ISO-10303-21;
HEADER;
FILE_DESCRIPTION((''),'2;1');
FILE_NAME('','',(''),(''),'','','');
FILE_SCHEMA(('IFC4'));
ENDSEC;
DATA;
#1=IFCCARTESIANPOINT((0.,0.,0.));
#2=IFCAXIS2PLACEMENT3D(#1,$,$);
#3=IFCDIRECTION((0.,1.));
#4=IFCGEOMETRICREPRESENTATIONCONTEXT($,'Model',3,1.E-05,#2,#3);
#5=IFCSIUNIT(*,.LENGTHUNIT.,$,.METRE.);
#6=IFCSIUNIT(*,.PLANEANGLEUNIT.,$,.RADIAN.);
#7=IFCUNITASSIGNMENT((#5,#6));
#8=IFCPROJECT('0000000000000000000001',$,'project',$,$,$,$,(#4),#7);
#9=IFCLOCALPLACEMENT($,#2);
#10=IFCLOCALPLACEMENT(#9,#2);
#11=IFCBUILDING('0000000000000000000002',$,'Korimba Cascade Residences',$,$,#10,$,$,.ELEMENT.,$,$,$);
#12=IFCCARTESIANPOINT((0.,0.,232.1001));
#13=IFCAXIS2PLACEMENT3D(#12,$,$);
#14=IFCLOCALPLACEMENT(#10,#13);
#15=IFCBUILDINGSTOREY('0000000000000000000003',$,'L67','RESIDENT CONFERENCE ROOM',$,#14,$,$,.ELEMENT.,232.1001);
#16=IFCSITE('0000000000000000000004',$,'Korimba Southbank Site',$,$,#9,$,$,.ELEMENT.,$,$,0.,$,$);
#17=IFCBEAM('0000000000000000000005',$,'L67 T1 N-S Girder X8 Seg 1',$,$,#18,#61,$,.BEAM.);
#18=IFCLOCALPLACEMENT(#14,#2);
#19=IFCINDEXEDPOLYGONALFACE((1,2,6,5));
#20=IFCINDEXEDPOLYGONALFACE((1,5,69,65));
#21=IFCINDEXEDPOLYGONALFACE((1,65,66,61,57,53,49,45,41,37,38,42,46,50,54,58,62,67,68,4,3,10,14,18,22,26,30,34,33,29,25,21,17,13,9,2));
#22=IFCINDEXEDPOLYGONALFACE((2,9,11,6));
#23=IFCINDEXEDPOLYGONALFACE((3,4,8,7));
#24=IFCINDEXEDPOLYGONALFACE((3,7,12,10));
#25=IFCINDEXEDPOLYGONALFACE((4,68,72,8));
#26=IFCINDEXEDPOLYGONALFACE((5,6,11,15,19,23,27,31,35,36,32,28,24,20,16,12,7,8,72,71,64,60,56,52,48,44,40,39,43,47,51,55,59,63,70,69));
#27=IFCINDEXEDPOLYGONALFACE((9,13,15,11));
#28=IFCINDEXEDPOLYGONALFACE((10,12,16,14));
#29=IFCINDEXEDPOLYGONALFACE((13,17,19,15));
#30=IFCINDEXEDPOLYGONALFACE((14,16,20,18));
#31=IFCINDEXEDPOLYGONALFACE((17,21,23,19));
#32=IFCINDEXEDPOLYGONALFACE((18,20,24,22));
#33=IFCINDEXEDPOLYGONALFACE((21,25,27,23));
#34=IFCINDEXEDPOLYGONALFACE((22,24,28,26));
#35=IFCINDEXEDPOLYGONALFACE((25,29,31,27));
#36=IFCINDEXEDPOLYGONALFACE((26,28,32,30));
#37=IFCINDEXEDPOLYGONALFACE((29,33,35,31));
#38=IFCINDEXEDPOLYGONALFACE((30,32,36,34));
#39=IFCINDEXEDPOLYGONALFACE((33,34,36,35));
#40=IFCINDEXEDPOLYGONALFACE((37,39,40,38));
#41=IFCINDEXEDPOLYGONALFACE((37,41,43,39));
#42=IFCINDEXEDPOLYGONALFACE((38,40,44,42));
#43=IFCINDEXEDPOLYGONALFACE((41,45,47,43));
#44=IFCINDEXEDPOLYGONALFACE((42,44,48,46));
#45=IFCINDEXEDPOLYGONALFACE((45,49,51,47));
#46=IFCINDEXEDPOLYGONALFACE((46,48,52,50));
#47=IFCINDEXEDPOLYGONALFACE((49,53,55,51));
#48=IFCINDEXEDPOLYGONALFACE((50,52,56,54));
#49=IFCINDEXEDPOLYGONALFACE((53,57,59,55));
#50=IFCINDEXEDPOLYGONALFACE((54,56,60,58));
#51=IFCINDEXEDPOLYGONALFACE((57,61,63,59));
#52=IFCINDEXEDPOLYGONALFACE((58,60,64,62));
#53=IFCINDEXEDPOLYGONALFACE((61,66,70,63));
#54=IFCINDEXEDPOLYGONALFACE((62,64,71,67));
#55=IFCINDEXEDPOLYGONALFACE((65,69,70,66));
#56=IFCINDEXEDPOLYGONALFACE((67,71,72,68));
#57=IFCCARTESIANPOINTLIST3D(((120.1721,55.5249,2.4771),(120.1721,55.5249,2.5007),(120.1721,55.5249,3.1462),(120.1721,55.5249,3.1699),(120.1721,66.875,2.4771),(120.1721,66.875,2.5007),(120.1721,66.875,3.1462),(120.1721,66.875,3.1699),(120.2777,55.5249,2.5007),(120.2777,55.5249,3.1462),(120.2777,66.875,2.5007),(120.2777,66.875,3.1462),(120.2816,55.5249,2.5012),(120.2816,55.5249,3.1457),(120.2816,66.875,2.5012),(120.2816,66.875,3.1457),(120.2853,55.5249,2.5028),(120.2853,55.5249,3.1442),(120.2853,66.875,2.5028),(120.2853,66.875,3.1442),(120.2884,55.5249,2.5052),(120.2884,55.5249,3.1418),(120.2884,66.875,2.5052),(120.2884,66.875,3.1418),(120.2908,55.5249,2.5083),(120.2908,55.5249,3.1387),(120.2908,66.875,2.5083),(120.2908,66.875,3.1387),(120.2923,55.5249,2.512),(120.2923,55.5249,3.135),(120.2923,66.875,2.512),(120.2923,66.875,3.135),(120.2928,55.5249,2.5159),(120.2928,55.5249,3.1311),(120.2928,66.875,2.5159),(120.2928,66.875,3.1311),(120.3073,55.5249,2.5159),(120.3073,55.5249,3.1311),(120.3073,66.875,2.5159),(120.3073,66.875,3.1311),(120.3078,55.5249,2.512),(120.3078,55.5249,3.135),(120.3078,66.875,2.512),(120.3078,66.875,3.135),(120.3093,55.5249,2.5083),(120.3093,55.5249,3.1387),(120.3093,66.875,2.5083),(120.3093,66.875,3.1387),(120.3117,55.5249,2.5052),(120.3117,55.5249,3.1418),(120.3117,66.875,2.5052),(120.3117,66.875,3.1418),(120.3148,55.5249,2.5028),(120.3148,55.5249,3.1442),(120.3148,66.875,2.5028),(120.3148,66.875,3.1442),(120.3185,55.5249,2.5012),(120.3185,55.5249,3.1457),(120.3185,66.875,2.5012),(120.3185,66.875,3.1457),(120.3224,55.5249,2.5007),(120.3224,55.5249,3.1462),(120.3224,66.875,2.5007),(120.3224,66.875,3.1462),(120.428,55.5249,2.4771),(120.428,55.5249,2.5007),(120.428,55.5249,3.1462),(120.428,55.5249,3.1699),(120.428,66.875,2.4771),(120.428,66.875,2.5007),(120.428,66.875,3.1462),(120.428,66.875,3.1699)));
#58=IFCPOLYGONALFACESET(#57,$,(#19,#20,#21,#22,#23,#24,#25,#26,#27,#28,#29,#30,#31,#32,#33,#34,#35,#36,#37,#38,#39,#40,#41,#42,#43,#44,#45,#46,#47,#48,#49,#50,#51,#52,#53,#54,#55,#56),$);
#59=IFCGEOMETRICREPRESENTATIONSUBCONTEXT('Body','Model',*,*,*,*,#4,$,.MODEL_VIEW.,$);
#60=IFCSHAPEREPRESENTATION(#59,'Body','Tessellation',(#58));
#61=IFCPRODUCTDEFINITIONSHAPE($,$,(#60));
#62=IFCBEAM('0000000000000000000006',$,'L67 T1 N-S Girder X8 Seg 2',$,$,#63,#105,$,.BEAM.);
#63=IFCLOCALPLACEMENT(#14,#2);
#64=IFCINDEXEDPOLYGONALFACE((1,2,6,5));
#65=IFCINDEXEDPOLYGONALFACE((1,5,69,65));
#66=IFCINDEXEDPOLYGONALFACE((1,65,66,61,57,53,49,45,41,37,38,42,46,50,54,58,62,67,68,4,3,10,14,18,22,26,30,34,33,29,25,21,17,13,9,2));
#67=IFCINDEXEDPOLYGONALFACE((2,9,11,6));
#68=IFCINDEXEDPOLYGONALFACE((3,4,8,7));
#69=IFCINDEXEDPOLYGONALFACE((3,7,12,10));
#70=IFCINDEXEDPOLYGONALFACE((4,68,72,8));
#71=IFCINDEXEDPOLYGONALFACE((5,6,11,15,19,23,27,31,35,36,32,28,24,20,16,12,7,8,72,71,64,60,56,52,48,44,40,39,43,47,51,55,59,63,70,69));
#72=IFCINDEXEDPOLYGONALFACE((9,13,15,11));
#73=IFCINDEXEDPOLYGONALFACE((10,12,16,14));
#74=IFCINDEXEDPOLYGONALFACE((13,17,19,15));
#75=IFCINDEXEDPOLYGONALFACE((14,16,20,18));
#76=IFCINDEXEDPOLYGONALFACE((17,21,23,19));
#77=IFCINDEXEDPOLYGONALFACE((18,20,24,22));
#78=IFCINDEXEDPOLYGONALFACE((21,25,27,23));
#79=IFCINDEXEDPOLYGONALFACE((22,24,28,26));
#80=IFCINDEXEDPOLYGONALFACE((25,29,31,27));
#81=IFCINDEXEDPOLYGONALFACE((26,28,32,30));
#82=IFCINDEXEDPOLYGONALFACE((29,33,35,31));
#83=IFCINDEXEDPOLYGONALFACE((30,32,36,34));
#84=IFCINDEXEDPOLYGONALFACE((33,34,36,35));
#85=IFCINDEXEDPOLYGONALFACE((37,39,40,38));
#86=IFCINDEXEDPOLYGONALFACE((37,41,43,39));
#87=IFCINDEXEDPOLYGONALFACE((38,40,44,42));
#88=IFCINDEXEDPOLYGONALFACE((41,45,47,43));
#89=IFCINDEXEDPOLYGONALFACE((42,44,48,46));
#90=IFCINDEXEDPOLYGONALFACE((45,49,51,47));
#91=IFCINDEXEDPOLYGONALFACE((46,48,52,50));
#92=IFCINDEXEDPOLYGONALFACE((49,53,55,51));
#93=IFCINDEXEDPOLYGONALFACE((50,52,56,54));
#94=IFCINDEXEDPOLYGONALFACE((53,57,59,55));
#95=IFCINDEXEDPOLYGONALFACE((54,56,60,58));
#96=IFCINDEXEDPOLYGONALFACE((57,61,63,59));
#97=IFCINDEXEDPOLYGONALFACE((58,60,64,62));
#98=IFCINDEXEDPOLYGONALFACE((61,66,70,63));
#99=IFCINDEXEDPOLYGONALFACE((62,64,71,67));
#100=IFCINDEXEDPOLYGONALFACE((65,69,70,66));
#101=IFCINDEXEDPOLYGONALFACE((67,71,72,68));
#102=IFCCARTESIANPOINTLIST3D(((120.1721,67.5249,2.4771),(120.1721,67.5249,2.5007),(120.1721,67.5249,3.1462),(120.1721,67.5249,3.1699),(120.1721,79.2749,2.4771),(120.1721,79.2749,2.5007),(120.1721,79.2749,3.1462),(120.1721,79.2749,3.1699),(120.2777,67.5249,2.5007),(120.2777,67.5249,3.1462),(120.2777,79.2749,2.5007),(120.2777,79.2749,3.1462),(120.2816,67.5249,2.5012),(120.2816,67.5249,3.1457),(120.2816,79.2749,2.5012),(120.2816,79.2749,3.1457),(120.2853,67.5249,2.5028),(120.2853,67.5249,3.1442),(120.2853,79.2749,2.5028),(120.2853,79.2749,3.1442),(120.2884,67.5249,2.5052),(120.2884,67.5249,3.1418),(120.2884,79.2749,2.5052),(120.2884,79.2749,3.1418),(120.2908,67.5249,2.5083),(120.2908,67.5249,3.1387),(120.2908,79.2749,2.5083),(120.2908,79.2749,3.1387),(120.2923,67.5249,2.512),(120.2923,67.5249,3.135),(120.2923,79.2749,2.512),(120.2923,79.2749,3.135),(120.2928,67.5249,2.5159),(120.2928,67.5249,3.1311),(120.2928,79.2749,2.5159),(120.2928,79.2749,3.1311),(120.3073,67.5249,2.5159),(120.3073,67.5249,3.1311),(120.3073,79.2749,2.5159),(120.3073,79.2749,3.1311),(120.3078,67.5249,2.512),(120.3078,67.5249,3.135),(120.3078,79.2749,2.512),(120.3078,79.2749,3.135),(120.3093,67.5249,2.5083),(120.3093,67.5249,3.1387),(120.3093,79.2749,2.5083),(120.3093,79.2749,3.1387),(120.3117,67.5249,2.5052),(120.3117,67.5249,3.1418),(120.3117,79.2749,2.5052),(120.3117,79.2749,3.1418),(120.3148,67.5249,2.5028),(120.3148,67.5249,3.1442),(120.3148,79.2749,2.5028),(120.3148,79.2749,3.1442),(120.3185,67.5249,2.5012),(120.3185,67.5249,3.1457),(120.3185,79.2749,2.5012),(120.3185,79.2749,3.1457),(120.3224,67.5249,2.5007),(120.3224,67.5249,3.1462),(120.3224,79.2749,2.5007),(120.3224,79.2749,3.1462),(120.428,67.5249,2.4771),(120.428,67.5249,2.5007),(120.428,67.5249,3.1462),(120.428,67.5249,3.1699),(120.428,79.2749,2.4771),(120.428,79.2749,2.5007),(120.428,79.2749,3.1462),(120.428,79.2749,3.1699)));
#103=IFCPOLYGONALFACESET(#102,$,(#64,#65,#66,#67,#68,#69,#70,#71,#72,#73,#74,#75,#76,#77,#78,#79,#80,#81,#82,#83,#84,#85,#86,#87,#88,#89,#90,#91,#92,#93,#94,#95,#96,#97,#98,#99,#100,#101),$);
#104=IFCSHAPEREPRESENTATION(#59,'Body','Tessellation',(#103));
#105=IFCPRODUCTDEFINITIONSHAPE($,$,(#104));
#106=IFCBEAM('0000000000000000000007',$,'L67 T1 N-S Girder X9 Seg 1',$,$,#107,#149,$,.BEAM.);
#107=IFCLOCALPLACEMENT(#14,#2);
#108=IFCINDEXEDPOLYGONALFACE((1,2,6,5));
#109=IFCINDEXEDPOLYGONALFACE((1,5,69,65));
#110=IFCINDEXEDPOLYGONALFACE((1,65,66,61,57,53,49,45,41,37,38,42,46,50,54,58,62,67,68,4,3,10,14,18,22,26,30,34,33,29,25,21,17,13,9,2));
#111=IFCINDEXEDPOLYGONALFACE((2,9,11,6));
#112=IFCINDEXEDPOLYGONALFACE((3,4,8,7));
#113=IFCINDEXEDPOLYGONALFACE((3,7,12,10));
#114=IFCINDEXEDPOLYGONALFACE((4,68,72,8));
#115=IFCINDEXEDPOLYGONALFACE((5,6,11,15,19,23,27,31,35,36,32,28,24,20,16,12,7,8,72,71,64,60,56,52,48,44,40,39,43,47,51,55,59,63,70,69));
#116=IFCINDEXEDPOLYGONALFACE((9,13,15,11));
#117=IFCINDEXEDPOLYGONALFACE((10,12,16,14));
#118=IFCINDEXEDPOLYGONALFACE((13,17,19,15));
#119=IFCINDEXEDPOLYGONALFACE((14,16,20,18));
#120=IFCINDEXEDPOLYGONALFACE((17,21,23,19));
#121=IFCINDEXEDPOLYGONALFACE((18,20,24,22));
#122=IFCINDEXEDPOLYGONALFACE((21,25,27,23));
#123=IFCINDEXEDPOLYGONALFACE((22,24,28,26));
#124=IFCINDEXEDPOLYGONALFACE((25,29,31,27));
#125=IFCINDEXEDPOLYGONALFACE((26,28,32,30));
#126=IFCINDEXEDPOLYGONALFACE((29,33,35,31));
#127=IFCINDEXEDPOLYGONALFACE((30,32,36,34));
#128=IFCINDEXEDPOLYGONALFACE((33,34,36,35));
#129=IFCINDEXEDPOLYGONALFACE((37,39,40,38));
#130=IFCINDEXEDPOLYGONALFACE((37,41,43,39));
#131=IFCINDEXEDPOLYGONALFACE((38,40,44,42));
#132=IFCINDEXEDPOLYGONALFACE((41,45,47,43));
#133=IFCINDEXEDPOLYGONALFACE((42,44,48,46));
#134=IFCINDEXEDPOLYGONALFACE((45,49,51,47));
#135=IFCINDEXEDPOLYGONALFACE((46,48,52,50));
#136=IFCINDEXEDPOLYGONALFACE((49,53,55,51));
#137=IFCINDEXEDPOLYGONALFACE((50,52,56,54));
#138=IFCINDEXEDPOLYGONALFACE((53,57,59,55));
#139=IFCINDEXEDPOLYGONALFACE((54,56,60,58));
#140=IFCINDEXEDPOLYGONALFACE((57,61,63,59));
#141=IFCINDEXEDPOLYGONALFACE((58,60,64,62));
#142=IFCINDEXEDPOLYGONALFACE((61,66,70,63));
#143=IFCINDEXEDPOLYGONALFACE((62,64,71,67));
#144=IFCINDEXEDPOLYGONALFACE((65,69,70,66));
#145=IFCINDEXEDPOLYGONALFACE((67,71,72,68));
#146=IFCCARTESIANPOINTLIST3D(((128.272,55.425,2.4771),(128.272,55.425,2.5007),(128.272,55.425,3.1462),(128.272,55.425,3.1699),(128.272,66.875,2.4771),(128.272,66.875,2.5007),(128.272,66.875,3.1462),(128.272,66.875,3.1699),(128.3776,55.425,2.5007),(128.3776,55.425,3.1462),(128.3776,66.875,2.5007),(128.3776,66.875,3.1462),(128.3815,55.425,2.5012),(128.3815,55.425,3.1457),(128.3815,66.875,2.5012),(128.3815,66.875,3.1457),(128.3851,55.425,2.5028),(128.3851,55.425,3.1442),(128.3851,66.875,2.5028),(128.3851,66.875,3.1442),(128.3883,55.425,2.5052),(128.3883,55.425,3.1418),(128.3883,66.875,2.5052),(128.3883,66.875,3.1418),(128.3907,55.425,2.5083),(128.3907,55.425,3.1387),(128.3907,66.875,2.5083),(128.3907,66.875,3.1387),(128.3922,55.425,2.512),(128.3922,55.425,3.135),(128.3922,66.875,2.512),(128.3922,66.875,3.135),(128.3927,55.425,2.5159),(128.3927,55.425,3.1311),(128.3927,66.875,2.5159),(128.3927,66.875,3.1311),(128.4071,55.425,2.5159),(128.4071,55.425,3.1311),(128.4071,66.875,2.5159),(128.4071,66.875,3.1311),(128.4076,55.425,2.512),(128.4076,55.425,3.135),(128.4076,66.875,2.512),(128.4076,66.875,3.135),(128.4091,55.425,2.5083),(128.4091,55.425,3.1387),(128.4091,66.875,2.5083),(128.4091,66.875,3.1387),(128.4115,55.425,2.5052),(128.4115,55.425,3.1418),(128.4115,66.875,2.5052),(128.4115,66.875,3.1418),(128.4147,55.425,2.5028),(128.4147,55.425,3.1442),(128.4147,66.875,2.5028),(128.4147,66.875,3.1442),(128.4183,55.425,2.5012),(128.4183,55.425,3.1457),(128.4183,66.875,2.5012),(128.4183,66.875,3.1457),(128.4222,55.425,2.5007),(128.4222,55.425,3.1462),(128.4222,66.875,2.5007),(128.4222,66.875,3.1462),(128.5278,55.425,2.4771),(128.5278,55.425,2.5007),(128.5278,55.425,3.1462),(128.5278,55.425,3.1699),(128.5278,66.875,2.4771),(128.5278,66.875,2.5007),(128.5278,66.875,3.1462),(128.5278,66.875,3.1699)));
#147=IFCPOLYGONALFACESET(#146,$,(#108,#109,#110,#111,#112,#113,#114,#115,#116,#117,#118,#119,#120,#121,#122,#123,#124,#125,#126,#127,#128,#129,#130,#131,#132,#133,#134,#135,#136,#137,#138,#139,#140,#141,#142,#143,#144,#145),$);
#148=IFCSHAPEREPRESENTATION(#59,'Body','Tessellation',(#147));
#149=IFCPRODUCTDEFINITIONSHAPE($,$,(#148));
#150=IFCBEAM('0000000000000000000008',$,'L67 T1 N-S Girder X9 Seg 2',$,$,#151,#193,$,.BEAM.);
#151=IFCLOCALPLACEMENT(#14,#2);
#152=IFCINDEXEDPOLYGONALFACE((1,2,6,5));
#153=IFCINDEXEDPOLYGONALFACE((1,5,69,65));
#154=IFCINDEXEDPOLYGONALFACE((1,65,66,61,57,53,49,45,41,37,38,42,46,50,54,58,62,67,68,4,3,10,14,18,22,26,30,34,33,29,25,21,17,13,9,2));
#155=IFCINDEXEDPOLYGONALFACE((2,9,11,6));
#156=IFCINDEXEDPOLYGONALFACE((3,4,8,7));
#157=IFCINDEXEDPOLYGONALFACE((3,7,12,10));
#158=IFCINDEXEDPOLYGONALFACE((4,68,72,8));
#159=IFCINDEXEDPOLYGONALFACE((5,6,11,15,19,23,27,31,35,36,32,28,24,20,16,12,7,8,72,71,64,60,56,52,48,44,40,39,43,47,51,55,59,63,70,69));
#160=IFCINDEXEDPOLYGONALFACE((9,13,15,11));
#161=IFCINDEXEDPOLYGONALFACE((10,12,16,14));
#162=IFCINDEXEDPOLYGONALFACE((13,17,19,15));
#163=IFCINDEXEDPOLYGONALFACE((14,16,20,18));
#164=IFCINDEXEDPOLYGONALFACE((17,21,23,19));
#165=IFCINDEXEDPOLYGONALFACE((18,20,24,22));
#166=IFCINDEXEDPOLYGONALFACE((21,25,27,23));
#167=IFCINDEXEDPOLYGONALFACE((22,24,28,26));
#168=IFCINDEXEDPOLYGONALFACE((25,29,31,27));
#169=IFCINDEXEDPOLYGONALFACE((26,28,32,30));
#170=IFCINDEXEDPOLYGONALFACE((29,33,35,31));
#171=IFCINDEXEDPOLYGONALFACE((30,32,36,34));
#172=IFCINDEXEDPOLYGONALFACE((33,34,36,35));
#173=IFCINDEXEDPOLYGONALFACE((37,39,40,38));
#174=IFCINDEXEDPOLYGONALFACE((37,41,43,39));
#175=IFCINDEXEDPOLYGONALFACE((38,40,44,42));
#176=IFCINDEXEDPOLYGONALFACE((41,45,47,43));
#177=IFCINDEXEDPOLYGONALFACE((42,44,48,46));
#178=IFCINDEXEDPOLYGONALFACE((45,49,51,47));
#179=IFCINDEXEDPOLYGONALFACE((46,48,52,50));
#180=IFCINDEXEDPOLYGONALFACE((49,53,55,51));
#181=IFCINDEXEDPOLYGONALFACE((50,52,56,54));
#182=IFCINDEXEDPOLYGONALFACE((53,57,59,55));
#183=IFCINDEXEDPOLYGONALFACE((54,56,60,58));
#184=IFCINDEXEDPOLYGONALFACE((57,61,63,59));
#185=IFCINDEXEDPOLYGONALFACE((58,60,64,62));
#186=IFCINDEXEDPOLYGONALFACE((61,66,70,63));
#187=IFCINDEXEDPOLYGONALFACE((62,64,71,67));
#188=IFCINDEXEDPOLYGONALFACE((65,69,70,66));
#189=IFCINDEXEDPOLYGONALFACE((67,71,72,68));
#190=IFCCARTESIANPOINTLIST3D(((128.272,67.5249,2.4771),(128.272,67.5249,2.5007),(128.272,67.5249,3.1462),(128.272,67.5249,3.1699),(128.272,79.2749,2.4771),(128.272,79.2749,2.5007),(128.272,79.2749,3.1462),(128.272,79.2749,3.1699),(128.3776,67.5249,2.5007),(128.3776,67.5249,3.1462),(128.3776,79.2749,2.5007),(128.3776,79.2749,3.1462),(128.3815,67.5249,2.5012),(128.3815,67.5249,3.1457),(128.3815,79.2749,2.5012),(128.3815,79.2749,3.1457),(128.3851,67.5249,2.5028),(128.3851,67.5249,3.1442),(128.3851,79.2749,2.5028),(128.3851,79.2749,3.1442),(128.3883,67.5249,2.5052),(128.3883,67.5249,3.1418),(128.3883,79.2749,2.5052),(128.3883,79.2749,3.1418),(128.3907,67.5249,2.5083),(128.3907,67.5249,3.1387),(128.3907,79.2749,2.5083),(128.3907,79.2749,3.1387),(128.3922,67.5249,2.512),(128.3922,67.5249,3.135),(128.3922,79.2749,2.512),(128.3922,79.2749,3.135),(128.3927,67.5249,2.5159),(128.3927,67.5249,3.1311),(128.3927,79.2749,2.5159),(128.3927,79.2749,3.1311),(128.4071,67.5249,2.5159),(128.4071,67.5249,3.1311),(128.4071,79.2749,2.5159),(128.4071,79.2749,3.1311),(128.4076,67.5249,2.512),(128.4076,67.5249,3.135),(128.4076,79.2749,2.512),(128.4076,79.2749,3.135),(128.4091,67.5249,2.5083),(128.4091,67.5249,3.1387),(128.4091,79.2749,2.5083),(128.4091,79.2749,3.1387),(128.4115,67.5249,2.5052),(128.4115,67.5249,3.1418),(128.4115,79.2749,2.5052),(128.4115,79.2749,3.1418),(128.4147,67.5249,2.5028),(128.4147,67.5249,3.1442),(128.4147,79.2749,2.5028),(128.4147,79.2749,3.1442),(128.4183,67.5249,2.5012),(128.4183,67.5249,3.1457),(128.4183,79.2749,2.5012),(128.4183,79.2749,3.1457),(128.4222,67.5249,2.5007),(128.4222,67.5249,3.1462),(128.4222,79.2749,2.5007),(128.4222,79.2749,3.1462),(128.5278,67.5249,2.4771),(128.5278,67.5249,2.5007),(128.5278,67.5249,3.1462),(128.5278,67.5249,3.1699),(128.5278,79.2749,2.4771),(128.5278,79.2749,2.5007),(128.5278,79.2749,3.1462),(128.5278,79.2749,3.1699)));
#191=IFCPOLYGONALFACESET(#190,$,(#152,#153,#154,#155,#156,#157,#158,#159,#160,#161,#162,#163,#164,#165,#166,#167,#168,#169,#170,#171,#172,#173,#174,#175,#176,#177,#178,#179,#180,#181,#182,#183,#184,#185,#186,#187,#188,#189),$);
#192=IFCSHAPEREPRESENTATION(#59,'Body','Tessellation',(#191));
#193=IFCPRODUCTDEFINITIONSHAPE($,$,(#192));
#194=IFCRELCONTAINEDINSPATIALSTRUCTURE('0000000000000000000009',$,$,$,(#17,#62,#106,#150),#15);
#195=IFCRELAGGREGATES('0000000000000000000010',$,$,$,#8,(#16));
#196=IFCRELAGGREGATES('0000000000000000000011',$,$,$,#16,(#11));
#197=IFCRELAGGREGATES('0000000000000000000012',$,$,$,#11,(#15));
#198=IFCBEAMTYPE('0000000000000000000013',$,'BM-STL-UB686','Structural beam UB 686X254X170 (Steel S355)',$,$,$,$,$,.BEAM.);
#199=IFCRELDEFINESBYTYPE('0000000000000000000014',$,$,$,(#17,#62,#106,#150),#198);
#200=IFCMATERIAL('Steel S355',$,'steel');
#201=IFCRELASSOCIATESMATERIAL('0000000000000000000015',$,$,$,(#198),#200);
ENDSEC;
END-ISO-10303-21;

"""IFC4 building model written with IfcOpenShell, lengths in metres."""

from ifc_helpers import new_model, si_unit, direction, frame, origin, origin_2d, place, context, subcontext, project, spatial, i_section, extrude, material, material_profile, profile_set, type_object, element, save


model = new_model("IFC4")

# Units and contexts
model_context = context("Model", 3, precision=1e-05, world=origin(), true_north=direction((0.0, 1.0)))
body_context = subcontext(model_context, "Body", "Model", "MODEL_VIEW")
ifc_project = project(units=[si_unit("LENGTHUNIT", "METRE"), si_unit("PLANEANGLEUNIT", "RADIAN")], contexts=[model_context])

# Site, building, storey
site_placement = place(None, origin())
site = spatial("IfcSite", under=ifc_project, at=site_placement, Name="Korimba Southbank Site", CompositionType="ELEMENT", RefElevation=0.0)
building_placement = place(site_placement, origin())
building = spatial("IfcBuilding", under=site, at=building_placement, Name="Korimba Cascade Residences", CompositionType="ELEMENT")
storey_placement = place(building_placement, frame((0.0, 0.0, 232.1001)))
storey = spatial("IfcBuildingStorey", under=building, at=storey_placement, Name="L67", Description="RESIDENT CONFERENCE ROOM", CompositionType="ELEMENT", Elevation=232.1001)

# Beams
ifc_material_1 = material(Name="Steel S355", Category="steel")
ifc_material_profile_1 = material_profile(ifc_material_1, i_section(OverallWidth=0.2559, OverallDepth=0.6929, WebThickness=0.0144, FlangeThickness=0.0237, FilletRadius=0.0151, at=origin_2d()), Name="Steel S355")
ifc_profile_set_1 = profile_set([ifc_material_profile_1], Name="Steel S355")
beam_type_1 = type_object("IfcBeamType", Name="BM-STL-UB686", Description="Structural beam UB 686X254X170 (Steel S355)", PredefinedType="BEAM", material=ifc_profile_set_1)
beam_1_placement = place(storey_placement, frame((120.3, 55.5249, 2.8235), z_axis=(0.0, 1.0, 0.0), x_axis=(-1.0, 0.0, 0.0)))
element("IfcBeam", 1, at=beam_1_placement, inside=storey, type_object=beam_type_1, Name="L67 T1 N-S Girder X8 Seg 1", PredefinedType="BEAM", context=body_context, shape_type="SweptSolid", body=[
    extrude(i_section(OverallWidth=0.2559, OverallDepth=0.6929, WebThickness=0.0144, FlangeThickness=0.0237, FilletRadius=0.0151, at=origin_2d()), origin(), (0.0, 0.0, 1.0), 11.3501),
])
beam_2_placement = place(storey_placement, frame((120.3, 67.5249, 2.8235), z_axis=(0.0, 1.0, 0.0), x_axis=(-1.0, 0.0, 0.0)))
element("IfcBeam", 2, at=beam_2_placement, inside=storey, type_object=beam_type_1, Name="L67 T1 N-S Girder X8 Seg 2", PredefinedType="BEAM", context=body_context, shape_type="SweptSolid", body=[
    extrude(i_section(OverallWidth=0.2559, OverallDepth=0.6929, WebThickness=0.0144, FlangeThickness=0.0237, FilletRadius=0.0151, at=origin_2d()), origin(), (0.0, 0.0, 1.0), 11.75),
])
beam_3_placement = place(storey_placement, frame((128.3999, 55.425, 2.8235), z_axis=(0.0, 1.0, 0.0), x_axis=(-1.0, 0.0, 0.0)))
element("IfcBeam", 3, at=beam_3_placement, inside=storey, type_object=beam_type_1, Name="L67 T1 N-S Girder X9 Seg 1", PredefinedType="BEAM", context=body_context, shape_type="SweptSolid", body=[
    extrude(i_section(OverallWidth=0.2559, OverallDepth=0.6929, WebThickness=0.0144, FlangeThickness=0.0237, FilletRadius=0.0151, at=origin_2d()), origin(), (0.0, 0.0, 1.0), 11.45),
])
beam_4_placement = place(storey_placement, frame((128.3999, 67.5249, 2.8235), z_axis=(0.0, 1.0, 0.0), x_axis=(-1.0, 0.0, 0.0)))
element("IfcBeam", 4, at=beam_4_placement, inside=storey, type_object=beam_type_1, Name="L67 T1 N-S Girder X9 Seg 2", PredefinedType="BEAM", context=body_context, shape_type="SweptSolid", body=[
    extrude(i_section(OverallWidth=0.2559, OverallDepth=0.6929, WebThickness=0.0144, FlangeThickness=0.0237, FilletRadius=0.0151, at=origin_2d()), origin(), (0.0, 0.0, 1.0), 11.75),
])

save(model, "model.ifc")
